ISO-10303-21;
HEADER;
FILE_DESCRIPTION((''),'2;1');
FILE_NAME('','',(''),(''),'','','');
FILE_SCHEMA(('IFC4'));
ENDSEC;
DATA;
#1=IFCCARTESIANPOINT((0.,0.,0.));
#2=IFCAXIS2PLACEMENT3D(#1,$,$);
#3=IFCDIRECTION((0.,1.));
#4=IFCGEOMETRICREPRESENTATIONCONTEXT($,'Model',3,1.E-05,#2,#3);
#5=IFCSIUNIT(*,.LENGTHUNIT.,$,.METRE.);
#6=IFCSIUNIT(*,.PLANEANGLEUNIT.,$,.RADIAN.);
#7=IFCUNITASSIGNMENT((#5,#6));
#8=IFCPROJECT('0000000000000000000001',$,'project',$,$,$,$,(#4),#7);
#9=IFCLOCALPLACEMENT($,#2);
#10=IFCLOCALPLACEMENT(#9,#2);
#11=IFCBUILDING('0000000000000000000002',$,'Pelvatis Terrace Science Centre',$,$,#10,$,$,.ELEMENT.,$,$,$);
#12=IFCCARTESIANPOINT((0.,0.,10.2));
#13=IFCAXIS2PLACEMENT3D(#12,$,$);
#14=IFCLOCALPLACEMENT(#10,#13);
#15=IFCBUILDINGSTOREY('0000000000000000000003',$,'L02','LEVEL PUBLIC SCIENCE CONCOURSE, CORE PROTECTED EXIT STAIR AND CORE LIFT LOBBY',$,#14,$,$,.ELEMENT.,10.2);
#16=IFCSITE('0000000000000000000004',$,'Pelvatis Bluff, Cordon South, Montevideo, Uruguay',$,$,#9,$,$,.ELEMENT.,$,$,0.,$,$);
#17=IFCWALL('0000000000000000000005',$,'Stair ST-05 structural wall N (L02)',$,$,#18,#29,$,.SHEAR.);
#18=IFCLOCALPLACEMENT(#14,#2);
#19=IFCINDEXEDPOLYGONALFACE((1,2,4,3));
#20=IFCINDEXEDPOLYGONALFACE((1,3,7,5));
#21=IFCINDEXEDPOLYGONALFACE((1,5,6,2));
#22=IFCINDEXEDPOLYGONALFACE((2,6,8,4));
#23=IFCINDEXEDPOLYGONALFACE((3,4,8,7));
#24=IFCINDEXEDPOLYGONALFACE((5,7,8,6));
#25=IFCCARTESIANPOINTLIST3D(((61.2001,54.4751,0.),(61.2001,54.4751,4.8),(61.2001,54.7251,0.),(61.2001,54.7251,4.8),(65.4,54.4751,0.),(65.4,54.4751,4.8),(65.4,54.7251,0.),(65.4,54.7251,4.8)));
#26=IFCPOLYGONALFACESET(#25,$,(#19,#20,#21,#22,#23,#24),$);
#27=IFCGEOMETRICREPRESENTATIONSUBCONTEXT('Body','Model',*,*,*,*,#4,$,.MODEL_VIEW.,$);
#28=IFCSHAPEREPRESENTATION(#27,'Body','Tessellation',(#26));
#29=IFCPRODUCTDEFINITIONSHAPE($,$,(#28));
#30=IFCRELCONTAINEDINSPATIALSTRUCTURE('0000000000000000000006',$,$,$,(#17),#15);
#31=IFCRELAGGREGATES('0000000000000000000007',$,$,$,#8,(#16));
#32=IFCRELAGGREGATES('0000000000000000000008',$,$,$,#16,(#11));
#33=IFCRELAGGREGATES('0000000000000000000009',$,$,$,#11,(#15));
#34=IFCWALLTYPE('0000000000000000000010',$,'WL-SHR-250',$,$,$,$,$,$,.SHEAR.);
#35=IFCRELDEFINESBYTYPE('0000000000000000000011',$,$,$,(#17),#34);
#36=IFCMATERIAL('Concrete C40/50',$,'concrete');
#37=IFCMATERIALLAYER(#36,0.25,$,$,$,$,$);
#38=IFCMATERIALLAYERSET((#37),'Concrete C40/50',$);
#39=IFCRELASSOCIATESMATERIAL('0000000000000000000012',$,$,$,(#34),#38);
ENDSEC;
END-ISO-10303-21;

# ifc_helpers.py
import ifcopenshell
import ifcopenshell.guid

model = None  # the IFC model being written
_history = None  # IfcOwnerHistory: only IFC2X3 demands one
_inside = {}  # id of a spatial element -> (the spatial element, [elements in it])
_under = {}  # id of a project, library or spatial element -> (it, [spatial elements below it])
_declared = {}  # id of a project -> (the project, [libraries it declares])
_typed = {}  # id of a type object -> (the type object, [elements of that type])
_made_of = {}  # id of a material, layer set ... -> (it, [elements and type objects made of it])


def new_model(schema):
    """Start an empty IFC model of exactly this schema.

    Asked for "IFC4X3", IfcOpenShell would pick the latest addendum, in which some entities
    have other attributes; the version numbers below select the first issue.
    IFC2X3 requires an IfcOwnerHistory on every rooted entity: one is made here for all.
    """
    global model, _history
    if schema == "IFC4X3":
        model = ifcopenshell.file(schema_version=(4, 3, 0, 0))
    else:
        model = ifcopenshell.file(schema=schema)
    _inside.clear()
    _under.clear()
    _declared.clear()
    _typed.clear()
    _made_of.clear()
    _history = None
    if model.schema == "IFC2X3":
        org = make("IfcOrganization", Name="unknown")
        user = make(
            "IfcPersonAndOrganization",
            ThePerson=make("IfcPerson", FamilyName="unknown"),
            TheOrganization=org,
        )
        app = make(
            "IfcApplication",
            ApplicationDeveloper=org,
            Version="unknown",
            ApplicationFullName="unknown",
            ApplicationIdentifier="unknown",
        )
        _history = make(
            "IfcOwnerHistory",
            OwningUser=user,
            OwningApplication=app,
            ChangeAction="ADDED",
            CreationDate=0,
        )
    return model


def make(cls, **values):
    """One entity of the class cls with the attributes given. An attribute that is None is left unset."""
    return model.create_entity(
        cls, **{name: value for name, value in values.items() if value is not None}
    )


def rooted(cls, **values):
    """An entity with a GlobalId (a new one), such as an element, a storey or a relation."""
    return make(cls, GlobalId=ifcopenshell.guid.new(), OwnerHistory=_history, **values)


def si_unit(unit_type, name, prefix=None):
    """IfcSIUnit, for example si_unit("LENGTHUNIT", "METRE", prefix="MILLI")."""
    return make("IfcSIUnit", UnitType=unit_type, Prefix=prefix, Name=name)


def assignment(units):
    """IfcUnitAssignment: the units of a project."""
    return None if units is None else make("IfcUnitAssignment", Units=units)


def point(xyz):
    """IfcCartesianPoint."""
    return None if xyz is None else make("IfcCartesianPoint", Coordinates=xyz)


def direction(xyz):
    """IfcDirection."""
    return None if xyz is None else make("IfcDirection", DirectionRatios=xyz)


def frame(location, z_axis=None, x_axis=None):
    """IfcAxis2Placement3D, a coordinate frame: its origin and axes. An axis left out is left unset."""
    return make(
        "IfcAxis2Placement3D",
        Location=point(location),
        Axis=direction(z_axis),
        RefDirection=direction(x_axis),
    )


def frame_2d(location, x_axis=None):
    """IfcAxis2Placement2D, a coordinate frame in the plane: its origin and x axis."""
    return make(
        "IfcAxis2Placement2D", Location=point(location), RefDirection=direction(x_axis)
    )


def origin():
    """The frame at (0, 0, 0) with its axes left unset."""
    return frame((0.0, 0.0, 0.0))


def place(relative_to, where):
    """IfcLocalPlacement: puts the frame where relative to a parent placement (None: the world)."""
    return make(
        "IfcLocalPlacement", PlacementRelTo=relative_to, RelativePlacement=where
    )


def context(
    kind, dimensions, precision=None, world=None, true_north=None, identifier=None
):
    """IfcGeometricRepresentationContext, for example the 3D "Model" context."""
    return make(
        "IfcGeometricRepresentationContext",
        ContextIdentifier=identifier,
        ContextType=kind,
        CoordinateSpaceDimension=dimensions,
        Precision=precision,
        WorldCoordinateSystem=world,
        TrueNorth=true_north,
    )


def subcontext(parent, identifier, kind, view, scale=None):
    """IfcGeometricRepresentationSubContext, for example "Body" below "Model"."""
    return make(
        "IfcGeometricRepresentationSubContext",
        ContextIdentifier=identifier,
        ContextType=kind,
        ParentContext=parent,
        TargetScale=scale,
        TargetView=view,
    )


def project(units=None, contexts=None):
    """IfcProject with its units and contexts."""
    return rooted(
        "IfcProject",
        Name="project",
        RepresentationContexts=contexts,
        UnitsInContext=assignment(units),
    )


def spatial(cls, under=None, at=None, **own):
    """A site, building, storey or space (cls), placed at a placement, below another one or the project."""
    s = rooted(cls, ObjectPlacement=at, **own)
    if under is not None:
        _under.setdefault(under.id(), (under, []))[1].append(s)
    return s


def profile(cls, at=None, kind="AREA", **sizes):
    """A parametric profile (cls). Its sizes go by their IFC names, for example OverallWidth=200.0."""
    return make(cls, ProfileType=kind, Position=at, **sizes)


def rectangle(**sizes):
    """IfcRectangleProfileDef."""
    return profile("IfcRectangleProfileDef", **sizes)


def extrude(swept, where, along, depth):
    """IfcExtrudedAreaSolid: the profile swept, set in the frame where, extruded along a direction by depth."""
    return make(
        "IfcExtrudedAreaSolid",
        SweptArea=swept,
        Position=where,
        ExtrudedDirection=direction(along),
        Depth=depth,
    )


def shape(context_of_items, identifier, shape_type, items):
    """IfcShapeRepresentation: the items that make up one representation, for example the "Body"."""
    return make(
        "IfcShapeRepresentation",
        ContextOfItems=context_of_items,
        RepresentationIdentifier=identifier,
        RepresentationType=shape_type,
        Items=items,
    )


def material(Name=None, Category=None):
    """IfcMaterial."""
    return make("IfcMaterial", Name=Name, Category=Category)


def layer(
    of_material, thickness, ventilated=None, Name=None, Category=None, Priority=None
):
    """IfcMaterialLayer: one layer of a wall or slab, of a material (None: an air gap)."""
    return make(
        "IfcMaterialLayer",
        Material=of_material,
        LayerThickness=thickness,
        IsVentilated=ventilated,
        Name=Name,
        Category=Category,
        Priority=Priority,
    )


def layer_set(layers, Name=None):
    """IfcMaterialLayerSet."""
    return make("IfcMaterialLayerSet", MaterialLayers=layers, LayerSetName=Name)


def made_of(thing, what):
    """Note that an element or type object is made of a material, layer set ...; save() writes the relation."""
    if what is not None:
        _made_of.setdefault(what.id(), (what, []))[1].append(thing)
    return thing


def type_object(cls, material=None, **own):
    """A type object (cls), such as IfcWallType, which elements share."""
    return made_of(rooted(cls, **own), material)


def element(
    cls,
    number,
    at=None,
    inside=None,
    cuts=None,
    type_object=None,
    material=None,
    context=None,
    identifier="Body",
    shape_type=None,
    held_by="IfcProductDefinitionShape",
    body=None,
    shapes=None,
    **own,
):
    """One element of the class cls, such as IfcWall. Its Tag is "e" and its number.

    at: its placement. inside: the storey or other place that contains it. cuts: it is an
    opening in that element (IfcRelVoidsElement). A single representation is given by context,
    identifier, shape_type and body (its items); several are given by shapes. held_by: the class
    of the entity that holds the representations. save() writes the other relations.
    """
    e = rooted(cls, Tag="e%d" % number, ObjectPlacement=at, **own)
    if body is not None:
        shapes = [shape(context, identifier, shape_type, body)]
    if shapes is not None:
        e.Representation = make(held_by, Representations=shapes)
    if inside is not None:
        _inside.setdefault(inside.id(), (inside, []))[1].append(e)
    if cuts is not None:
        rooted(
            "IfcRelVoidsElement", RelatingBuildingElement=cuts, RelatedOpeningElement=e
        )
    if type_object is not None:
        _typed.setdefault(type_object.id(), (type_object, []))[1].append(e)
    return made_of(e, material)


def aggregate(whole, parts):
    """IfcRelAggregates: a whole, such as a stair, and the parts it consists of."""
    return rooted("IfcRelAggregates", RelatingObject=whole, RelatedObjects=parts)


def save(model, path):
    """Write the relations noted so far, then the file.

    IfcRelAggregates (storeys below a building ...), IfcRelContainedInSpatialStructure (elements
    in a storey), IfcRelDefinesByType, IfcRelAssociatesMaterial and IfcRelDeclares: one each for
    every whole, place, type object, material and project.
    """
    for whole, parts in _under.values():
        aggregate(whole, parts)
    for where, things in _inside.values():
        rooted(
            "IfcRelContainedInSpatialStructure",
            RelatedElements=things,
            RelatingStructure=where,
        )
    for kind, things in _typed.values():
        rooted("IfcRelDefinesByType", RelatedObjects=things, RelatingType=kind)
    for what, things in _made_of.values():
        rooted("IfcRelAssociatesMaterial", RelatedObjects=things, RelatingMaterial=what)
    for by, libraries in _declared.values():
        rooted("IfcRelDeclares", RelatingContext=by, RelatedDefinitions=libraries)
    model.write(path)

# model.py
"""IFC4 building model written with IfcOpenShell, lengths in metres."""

from ifc_helpers import new_model, si_unit, direction, frame, frame_2d, origin, place, context, subcontext, project, spatial, rectangle, extrude, material, layer, layer_set, type_object, element, save


model = new_model("IFC4")

# Units and contexts
model_context = context("Model", 3, precision=1e-05, world=origin(), true_north=direction((0.0, 1.0)))
body_context = subcontext(model_context, "Body", "Model", "MODEL_VIEW")
ifc_project = project(units=[si_unit("LENGTHUNIT", "METRE"), si_unit("PLANEANGLEUNIT", "RADIAN")], contexts=[model_context])

# Site, building, storey
site_placement = place(None, origin())
site = spatial("IfcSite", under=ifc_project, at=site_placement, Name="Pelvatis Bluff, Cordon South, Montevideo, Uruguay", CompositionType="ELEMENT", RefElevation=0.0)
building_placement = place(site_placement, origin())
building = spatial("IfcBuilding", under=site, at=building_placement, Name="Pelvatis Terrace Science Centre", CompositionType="ELEMENT")
storey_placement = place(building_placement, frame((0.0, 0.0, 10.2)))
storey = spatial("IfcBuildingStorey", under=building, at=storey_placement, Name="L02", Description="LEVEL PUBLIC SCIENCE CONCOURSE, CORE PROTECTED EXIT STAIR AND CORE LIFT LOBBY", CompositionType="ELEMENT", Elevation=10.2)

# Wall
ifc_material_1 = material(Name="Concrete C40/50", Category="concrete")
ifc_layer_1 = layer(ifc_material_1, 0.25)
ifc_layer_set_1 = layer_set([ifc_layer_1], Name="Concrete C40/50")
wall_type_1 = type_object("IfcWallType", Name="WL-SHR-250", PredefinedType="SHEAR", material=ifc_layer_set_1)
wall_1_placement = place(storey_placement, frame((61.2, 54.6001, 0.0), z_axis=(0.0, 0.0, 1.0), x_axis=(1.0, 0.0, 0.0)))
element("IfcWall", 1, at=wall_1_placement, inside=storey, type_object=wall_type_1, Name="Stair ST-05 structural wall N (L02)", PredefinedType="SHEAR", context=body_context, shape_type="SweptSolid", body=[
    extrude(rectangle(XDim=4.2, YDim=0.25, at=frame_2d((2.1001, 0.0))), origin(), (0.0, 0.0, 1.0), 4.8),
])

save(model, "model.ifc")
